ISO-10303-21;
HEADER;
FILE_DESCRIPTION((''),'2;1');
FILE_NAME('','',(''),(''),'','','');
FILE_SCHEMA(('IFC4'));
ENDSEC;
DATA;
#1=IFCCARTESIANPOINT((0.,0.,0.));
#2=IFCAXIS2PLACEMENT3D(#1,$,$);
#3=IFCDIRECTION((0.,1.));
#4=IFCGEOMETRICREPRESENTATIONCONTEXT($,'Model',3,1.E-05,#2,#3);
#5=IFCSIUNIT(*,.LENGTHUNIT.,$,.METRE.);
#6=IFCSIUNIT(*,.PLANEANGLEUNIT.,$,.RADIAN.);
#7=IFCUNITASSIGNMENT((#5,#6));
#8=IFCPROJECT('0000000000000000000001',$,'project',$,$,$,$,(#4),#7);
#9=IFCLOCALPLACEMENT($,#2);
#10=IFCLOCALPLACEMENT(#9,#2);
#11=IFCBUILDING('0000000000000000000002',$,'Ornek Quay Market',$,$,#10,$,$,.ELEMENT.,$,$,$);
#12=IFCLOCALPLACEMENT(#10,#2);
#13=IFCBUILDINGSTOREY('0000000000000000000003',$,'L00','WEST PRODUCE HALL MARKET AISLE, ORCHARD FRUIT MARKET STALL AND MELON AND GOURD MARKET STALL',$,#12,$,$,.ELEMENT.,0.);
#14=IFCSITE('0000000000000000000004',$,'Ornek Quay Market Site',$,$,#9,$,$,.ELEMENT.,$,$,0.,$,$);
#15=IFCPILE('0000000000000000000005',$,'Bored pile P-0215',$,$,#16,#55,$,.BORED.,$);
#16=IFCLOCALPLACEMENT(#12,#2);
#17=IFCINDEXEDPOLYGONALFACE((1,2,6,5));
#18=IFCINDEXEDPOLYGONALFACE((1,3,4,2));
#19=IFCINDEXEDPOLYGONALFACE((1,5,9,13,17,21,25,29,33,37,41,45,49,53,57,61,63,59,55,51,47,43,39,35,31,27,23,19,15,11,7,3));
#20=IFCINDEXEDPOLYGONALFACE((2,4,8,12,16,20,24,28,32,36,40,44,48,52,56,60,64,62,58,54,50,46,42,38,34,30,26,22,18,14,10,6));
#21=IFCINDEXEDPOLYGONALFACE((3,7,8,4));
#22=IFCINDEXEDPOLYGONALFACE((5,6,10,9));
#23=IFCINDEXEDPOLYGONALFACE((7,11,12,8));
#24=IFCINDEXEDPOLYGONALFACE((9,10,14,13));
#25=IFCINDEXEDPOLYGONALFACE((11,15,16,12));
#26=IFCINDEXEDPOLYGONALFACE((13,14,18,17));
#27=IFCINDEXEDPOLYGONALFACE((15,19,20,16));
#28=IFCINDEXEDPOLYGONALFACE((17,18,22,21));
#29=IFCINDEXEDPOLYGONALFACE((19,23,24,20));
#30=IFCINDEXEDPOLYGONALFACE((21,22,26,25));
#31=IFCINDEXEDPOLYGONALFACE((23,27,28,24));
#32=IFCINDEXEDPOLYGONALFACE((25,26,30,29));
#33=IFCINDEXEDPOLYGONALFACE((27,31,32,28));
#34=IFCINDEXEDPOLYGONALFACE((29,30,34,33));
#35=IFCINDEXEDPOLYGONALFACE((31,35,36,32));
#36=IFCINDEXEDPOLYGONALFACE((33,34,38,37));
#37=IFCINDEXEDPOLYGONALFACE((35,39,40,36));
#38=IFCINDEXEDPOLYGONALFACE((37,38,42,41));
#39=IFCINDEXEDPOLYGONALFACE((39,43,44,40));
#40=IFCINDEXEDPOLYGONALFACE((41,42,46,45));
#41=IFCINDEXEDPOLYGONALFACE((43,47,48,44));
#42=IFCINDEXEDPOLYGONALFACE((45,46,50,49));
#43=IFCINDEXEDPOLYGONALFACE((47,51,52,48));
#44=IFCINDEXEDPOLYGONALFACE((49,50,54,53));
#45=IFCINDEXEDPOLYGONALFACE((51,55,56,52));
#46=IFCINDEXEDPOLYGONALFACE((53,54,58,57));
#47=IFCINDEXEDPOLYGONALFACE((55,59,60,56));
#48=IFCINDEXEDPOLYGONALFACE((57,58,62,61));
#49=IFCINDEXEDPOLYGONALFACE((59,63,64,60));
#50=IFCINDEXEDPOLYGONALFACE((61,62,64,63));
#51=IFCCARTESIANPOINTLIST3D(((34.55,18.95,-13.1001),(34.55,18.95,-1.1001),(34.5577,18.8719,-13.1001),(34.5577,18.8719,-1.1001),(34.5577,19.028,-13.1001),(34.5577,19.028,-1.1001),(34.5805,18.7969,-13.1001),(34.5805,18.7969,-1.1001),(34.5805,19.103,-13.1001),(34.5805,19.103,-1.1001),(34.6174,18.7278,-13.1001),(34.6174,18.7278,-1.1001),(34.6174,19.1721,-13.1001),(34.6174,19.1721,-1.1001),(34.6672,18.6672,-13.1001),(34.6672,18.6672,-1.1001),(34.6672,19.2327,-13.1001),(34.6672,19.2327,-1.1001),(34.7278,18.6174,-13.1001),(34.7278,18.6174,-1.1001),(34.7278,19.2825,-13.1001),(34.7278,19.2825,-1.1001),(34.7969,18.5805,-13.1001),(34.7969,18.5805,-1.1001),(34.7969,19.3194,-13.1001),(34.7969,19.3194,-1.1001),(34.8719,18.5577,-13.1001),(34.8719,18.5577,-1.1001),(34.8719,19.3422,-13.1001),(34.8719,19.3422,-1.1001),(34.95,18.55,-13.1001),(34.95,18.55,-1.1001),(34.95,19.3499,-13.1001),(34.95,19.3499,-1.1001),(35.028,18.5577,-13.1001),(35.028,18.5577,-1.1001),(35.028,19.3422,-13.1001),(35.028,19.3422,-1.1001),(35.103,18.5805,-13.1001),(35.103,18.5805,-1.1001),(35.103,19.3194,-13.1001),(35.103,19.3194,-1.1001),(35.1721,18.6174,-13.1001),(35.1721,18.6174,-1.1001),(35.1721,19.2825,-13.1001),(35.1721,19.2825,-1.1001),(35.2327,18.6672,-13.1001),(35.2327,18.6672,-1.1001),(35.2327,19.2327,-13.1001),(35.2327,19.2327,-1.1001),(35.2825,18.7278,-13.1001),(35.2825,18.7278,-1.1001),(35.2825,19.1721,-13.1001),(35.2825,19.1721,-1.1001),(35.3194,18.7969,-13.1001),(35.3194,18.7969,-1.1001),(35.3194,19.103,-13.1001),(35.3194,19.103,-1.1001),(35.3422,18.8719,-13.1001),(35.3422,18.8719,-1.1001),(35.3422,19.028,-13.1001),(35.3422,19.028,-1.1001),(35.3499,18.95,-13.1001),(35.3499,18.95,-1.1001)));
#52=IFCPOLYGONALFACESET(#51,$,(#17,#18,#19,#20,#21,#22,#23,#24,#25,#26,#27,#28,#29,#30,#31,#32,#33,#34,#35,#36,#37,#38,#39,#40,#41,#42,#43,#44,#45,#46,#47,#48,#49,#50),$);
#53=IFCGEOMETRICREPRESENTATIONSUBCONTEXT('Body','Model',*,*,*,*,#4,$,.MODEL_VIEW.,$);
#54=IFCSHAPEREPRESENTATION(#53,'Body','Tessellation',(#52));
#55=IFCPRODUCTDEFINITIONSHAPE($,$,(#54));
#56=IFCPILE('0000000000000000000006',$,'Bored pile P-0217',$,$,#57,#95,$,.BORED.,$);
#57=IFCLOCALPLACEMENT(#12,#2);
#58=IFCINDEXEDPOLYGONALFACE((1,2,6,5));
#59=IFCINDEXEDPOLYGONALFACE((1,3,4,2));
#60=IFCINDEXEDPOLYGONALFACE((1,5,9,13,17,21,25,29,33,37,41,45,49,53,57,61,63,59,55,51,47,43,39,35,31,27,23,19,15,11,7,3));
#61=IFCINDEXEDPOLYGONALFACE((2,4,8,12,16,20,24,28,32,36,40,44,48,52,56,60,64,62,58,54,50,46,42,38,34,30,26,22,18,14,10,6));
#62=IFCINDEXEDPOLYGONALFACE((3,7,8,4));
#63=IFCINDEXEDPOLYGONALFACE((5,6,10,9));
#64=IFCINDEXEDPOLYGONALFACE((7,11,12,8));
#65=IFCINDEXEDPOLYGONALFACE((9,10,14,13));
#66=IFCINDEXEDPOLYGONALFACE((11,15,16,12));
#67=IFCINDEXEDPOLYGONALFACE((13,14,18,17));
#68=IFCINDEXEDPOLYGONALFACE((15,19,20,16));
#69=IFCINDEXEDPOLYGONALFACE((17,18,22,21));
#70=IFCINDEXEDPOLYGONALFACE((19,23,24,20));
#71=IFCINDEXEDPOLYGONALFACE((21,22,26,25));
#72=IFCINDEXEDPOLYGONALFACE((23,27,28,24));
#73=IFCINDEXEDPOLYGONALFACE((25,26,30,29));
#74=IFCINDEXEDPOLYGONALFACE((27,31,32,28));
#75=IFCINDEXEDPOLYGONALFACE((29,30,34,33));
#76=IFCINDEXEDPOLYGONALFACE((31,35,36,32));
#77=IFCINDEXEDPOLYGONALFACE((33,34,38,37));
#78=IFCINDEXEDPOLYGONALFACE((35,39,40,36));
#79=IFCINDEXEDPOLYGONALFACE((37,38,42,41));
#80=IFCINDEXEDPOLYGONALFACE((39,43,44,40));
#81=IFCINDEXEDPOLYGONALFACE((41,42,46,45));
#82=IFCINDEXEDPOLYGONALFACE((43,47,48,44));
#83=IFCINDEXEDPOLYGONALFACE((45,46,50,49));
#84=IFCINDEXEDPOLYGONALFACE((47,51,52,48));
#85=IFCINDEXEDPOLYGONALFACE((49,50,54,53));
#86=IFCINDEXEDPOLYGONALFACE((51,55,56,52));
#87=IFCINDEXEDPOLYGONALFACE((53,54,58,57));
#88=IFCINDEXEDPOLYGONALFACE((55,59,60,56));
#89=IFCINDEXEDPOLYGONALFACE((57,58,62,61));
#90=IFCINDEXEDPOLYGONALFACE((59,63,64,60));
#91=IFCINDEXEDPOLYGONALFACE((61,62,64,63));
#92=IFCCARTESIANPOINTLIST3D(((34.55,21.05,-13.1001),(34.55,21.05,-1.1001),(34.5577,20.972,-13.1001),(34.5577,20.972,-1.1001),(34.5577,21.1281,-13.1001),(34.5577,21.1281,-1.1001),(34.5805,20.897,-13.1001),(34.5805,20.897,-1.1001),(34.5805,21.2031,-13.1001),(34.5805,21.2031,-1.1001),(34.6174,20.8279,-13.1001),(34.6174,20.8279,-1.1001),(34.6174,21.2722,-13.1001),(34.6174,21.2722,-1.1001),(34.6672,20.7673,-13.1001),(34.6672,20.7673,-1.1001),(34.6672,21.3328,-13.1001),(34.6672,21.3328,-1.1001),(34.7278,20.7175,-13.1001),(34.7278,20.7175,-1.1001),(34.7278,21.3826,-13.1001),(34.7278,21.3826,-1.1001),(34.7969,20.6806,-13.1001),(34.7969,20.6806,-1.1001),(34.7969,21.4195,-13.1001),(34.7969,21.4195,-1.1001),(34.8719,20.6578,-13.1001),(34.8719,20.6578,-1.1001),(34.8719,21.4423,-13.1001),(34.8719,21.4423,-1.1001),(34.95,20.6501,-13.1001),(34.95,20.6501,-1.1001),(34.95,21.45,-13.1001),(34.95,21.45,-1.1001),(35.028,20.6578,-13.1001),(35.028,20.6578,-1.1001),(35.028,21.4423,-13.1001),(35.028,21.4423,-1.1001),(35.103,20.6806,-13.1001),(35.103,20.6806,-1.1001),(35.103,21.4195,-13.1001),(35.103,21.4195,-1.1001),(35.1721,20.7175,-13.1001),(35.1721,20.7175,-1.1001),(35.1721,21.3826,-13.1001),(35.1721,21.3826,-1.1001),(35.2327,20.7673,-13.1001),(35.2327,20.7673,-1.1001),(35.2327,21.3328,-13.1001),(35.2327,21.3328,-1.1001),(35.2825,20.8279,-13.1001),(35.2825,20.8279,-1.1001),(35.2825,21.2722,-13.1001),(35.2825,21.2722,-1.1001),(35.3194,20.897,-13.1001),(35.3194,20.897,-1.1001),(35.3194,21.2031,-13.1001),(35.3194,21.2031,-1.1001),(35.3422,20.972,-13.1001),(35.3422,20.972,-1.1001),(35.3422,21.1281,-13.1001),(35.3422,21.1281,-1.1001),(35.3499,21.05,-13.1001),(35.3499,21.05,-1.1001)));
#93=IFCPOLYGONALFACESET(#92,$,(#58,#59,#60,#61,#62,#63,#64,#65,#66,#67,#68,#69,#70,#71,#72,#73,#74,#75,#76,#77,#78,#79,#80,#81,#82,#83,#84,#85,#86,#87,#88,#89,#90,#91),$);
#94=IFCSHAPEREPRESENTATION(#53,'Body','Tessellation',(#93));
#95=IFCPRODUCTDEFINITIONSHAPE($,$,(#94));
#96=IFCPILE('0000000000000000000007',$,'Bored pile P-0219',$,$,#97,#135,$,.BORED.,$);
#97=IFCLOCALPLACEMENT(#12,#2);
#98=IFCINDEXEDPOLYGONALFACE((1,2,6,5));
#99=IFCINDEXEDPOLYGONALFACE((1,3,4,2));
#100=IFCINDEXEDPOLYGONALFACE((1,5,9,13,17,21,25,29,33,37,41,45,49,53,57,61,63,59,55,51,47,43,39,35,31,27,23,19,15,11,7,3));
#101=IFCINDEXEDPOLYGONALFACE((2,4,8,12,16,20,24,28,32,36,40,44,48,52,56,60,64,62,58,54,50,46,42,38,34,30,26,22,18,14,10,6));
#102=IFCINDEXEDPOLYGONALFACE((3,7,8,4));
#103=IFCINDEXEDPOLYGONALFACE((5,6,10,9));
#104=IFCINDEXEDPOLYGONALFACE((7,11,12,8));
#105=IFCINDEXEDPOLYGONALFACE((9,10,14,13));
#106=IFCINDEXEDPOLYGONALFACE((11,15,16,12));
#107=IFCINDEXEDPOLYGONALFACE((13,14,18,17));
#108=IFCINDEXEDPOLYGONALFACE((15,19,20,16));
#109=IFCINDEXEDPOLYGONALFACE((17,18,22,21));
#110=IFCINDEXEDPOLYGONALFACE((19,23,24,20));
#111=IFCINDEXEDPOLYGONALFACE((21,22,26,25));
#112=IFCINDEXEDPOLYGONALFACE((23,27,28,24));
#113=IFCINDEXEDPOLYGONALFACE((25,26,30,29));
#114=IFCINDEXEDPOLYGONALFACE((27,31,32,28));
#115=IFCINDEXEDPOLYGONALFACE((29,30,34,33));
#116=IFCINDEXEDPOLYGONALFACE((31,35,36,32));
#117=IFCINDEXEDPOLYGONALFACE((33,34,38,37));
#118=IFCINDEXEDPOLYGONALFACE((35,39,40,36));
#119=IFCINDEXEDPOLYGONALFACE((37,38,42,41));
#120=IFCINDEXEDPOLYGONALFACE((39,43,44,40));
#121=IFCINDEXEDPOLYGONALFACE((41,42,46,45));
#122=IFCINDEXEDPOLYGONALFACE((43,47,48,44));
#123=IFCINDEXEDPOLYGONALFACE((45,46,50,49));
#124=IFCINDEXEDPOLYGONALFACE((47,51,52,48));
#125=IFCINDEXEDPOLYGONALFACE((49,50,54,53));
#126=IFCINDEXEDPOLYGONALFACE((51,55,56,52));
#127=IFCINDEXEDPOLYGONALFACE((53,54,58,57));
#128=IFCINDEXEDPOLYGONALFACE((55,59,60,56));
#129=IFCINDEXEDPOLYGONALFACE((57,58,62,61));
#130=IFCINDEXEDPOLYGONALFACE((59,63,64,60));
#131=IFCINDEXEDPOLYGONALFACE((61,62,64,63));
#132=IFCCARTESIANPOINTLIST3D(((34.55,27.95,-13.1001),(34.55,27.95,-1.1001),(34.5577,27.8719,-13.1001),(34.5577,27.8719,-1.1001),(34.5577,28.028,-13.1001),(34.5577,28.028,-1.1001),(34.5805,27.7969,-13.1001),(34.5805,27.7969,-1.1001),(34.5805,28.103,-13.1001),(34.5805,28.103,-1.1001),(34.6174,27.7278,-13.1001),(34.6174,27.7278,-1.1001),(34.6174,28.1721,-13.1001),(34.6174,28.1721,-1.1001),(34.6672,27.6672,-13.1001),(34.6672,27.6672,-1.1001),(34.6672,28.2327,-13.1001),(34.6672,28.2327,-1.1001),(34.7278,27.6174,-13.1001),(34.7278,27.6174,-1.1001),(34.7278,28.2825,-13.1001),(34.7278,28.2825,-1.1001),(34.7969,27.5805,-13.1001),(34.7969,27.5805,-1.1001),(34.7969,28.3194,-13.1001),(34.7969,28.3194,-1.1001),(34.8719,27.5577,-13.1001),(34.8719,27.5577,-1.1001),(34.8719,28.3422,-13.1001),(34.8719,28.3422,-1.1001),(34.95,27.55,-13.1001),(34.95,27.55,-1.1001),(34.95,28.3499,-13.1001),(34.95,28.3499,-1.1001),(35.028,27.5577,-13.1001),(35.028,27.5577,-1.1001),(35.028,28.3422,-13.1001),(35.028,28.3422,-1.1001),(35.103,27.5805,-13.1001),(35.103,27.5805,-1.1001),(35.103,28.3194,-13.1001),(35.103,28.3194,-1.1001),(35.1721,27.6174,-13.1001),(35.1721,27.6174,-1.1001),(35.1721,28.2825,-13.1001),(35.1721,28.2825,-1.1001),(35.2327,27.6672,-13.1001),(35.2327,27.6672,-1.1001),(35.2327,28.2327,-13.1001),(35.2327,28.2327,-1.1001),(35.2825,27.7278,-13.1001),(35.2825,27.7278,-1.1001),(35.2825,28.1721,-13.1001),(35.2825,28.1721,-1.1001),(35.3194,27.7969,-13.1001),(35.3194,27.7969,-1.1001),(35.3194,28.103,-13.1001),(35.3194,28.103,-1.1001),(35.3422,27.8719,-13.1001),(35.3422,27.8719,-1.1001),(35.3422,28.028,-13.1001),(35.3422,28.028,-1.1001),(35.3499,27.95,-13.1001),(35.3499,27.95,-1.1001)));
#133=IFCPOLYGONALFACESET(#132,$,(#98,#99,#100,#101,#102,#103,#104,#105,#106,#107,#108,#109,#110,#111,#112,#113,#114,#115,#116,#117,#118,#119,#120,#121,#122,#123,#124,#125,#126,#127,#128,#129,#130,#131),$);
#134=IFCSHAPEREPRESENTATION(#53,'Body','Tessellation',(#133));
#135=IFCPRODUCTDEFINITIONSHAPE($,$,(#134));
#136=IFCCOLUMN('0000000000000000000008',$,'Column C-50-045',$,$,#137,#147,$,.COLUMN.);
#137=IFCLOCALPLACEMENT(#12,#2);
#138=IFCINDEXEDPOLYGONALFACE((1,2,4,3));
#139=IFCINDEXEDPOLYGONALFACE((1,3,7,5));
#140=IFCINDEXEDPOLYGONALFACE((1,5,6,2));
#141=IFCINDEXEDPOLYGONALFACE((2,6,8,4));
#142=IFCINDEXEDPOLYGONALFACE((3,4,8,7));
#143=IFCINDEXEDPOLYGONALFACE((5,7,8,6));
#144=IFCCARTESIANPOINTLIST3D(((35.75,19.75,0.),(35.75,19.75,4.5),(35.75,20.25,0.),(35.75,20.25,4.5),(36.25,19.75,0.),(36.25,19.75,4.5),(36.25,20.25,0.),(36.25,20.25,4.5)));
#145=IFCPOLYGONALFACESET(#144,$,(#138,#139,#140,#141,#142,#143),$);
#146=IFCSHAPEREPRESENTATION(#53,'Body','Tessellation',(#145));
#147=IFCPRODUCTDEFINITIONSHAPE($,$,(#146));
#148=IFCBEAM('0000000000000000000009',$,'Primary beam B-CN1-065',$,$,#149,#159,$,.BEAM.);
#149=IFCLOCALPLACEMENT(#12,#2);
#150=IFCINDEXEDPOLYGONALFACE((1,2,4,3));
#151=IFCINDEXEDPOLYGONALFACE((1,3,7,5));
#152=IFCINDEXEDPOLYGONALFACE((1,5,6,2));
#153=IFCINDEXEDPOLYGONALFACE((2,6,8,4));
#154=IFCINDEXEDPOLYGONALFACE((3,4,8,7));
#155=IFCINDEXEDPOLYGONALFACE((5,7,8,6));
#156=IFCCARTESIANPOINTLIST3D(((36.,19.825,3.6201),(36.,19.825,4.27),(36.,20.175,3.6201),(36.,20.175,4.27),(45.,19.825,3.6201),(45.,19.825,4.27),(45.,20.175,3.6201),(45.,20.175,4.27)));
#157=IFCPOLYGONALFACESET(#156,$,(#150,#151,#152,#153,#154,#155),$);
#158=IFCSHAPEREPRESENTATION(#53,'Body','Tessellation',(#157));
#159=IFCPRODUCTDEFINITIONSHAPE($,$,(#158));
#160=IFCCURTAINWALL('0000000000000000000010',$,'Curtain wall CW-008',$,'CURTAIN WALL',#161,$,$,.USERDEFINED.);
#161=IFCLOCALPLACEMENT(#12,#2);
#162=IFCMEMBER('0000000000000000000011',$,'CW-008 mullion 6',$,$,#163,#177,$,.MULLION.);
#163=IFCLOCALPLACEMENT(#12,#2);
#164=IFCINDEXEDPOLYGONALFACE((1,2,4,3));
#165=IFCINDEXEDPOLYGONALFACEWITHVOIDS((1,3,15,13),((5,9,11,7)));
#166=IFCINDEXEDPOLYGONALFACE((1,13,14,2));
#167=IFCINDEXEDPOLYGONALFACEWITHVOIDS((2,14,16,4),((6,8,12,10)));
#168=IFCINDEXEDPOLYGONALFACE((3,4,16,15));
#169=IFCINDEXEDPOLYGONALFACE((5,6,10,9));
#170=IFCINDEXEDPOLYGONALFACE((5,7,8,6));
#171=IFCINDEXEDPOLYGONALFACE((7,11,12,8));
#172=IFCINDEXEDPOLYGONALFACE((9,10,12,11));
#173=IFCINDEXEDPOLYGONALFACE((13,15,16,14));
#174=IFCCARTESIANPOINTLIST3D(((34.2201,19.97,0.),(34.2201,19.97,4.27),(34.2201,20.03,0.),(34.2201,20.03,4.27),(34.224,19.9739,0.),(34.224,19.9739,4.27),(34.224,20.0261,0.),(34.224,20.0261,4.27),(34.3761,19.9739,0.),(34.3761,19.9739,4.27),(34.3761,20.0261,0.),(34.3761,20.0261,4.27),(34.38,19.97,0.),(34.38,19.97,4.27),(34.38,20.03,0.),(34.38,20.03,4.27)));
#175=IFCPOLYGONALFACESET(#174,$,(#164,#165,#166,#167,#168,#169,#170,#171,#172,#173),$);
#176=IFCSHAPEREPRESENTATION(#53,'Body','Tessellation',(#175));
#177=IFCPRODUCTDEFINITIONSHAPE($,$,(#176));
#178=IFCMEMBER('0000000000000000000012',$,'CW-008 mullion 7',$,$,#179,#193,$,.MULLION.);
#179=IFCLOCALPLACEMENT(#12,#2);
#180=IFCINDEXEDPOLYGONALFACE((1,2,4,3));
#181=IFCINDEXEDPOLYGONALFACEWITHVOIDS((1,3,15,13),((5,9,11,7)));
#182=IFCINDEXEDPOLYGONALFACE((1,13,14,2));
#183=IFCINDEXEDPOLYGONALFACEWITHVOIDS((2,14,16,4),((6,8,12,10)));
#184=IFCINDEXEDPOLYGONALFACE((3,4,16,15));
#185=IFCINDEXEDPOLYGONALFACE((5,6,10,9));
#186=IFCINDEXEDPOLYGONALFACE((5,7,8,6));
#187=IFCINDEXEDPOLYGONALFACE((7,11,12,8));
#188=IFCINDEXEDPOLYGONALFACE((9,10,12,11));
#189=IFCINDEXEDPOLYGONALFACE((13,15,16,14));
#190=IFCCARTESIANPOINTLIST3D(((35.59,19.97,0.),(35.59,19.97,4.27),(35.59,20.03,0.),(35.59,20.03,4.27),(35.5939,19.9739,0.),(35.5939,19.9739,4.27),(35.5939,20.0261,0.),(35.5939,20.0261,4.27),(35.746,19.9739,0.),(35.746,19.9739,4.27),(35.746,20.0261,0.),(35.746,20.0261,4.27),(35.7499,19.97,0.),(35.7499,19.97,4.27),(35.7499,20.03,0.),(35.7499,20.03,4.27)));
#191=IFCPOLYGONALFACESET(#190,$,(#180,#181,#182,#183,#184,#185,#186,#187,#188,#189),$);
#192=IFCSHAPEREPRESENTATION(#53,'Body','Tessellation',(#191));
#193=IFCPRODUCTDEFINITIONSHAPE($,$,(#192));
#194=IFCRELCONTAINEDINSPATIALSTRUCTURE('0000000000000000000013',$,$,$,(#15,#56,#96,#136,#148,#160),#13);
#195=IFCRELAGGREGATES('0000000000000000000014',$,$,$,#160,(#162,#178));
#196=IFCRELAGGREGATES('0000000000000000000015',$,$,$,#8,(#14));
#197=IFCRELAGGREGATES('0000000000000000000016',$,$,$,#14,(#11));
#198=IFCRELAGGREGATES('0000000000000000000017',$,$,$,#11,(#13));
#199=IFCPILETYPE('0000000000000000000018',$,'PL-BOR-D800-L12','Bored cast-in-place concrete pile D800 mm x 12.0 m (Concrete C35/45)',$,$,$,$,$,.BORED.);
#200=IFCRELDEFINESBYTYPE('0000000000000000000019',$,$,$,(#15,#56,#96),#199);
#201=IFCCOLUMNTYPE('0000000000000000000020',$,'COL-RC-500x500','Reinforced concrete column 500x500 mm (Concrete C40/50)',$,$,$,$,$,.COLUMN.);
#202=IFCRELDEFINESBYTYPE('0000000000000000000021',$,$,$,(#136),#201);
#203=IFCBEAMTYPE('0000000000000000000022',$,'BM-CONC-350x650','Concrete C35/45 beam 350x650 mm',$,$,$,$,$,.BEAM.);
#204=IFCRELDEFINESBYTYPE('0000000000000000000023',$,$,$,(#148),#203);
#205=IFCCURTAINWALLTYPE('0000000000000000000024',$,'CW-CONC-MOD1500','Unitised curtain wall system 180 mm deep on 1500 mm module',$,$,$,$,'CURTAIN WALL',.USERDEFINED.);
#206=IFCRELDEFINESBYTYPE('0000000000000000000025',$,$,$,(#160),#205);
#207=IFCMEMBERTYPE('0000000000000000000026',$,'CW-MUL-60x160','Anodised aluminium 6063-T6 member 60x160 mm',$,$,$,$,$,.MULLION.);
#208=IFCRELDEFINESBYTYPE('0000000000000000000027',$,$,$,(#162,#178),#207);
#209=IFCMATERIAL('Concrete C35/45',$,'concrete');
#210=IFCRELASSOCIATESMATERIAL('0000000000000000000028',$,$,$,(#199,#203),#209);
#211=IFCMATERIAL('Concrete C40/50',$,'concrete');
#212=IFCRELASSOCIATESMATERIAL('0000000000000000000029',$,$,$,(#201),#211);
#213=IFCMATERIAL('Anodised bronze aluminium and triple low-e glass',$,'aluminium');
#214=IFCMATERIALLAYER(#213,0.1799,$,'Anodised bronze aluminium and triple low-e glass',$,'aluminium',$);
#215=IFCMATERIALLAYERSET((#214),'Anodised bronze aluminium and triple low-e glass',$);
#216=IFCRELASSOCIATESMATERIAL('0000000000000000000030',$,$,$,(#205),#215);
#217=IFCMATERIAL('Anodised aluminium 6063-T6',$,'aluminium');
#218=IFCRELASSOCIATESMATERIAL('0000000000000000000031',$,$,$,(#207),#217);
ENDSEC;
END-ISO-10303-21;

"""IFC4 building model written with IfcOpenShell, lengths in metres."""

from ifc_helpers import new_model, si_unit, direction, frame, origin, origin_2d, place, context, subcontext, project, spatial, rectangle, hollow_rectangle, circle, extrude, material, layer, layer_set, material_profile, profile_set, type_object, element, aggregate, save


model = new_model("IFC4")

# Units and contexts
model_context = context("Model", 3, precision=1e-05, world=origin(), true_north=direction((0.0, 1.0)))
body_context = subcontext(model_context, "Body", "Model", "MODEL_VIEW")
ifc_project = project(units=[si_unit("LENGTHUNIT", "METRE"), si_unit("PLANEANGLEUNIT", "RADIAN")], contexts=[model_context])

# Site, building, storey
site_placement = place(None, origin())
site = spatial("IfcSite", under=ifc_project, at=site_placement, Name="Ornek Quay Market Site", CompositionType="ELEMENT", RefElevation=0.0)
building_placement = place(site_placement, origin())
building = spatial("IfcBuilding", under=site, at=building_placement, Name="Ornek Quay Market", CompositionType="ELEMENT")
storey_placement = place(building_placement, origin())
storey = spatial("IfcBuildingStorey", under=building, at=storey_placement, Name="L00", Description="WEST PRODUCE HALL MARKET AISLE, ORCHARD FRUIT MARKET STALL AND MELON AND GOURD MARKET STALL", CompositionType="ELEMENT", Elevation=0.0)

# Piles
ifc_material_1 = material(Name="Concrete C35/45", Category="concrete")
ifc_material_profile_1 = material_profile(ifc_material_1, circle(Radius=0.3999, at=origin_2d()), Name="PILE D800", Category="concrete")
ifc_profile_set_1 = profile_set([ifc_material_profile_1], Name="Concrete C35/45")
pile_type = type_object("IfcPileType", Name="PL-BOR-D800-L12", Description="Bored cast-in-place concrete pile D800 mm x 12.0 m (Concrete C35/45)", PredefinedType="BORED", material=ifc_profile_set_1)
for number, where, z_axis, x_axis, name in (
    (1, (34.95, 18.95, -1.1001), (0.0, 0.0, -1.0), (1.0, 0.0, 0.0), "Bored pile P-0215"),
    (2, (34.95, 21.05, -1.1001), (0.0, 0.0, -1.0), (1.0, 0.0, 0.0), "Bored pile P-0217"),
    (3, (34.95, 27.95, -1.1001), (0.0, 0.0, -1.0), (1.0, 0.0, 0.0), "Bored pile P-0219"),
):
    element("IfcPile", number, at=place(storey_placement, frame(where, z_axis=z_axis, x_axis=x_axis)), inside=storey, type_object=pile_type, Name=name, PredefinedType="BORED", context=body_context, shape_type="SweptSolid", body=[
        extrude(circle(Radius=0.3999, at=origin_2d()), origin(), (0.0, 0.0, 1.0), 12.0),
    ])

# Column
ifc_material_2 = material(Name="Concrete C40/50", Category="concrete")
ifc_material_profile_2 = material_profile(ifc_material_2, rectangle(XDim=0.5, YDim=0.5, at=origin_2d()), Name="RC 500x500", Category="concrete")
ifc_profile_set_2 = profile_set([ifc_material_profile_2], Name="Concrete C40/50")
column_type = type_object("IfcColumnType", Name="COL-RC-500x500", Description="Reinforced concrete column 500x500 mm (Concrete C40/50)", PredefinedType="COLUMN", material=ifc_profile_set_2)
column_placement = place(storey_placement, frame((36.0, 20.0, 0.0), z_axis=(0.0, 0.0, 1.0), x_axis=(1.0, 0.0, 0.0)))
element("IfcColumn", 4, at=column_placement, inside=storey, type_object=column_type, Name="Column C-50-045", PredefinedType="COLUMN", context=body_context, shape_type="SweptSolid", body=[
    extrude(rectangle(XDim=0.5, YDim=0.5, at=origin_2d()), origin(), (0.0, 0.0, 1.0), 4.5),
])

# Beam
ifc_material_profile_3 = material_profile(ifc_material_1, rectangle(XDim=0.3501, YDim=0.6499, at=origin_2d()), Name="RC 350x650", Category="concrete")
ifc_profile_set_3 = profile_set([ifc_material_profile_3], Name="Concrete C35/45")
beam_type = type_object("IfcBeamType", Name="BM-CONC-350x650", Description="Concrete C35/45 beam 350x650 mm", PredefinedType="BEAM", material=ifc_profile_set_3)
beam_placement = place(storey_placement, frame((36.0, 20.0, 3.9451), z_axis=(1.0, 0.0, 0.0), x_axis=(0.0, 1.0, 0.0)))
element("IfcBeam", 5, at=beam_placement, inside=storey, type_object=beam_type, Name="Primary beam B-CN1-065", PredefinedType="BEAM", context=body_context, shape_type="SweptSolid", body=[
    extrude(rectangle(XDim=0.3501, YDim=0.6499, at=origin_2d()), origin(), (0.0, 0.0, 1.0), 9.0),
])

# Curtain wall, members
ifc_material_3 = material(Name="Anodised bronze aluminium and triple low-e glass", Category="aluminium")
ifc_layer_1 = layer(ifc_material_3, 0.1799, Name="Anodised bronze aluminium and triple low-e glass", Category="aluminium")
ifc_layer_set_1 = layer_set([ifc_layer_1], Name="Anodised bronze aluminium and triple low-e glass")
curtain_wall_type_1 = type_object("IfcCurtainWallType", Name="CW-CONC-MOD1500", Description="Unitised curtain wall system 180 mm deep on 1500 mm module", ElementType="CURTAIN WALL", PredefinedType="USERDEFINED", material=ifc_layer_set_1)
curtain_wall_1_placement = place(storey_placement, origin())
curtain_wall_1 = element("IfcCurtainWall", 6, at=curtain_wall_1_placement, inside=storey, type_object=curtain_wall_type_1, Name="Curtain wall CW-008", ObjectType="CURTAIN WALL", PredefinedType="USERDEFINED")
ifc_material_4 = material(Name="Anodised aluminium 6063-T6", Category="aluminium")
ifc_material_profile_4 = material_profile(ifc_material_4, hollow_rectangle(XDim=0.0601, YDim=0.1599, WallThickness=0.0039, at=origin_2d()), Name="CW-MUL-60x160", Category="aluminium")
ifc_profile_set_4 = profile_set([ifc_material_profile_4], Name="Anodised aluminium 6063-T6")
member_type_1 = type_object("IfcMemberType", Name="CW-MUL-60x160", Description="Anodised aluminium 6063-T6 member 60x160 mm", PredefinedType="MULLION", material=ifc_profile_set_4)
member_1_placement = place(storey_placement, frame((34.3, 20.0, 0.0), z_axis=(0.0, 0.0, 1.0), x_axis=(0.0, 1.0, 0.0)))
member_1 = element("IfcMember", 7, at=member_1_placement, type_object=member_type_1, Name="CW-008 mullion 6", PredefinedType="MULLION", context=body_context, shape_type="SweptSolid", body=[
    extrude(hollow_rectangle(XDim=0.0601, YDim=0.1599, WallThickness=0.0039, at=origin_2d()), origin(), (0.0, 0.0, 1.0), 4.27),
])
member_2_placement = place(storey_placement, frame((35.6699, 20.0, 0.0), z_axis=(0.0, 0.0, 1.0), x_axis=(0.0, 1.0, 0.0)))
member_2 = element("IfcMember", 8, at=member_2_placement, type_object=member_type_1, Name="CW-008 mullion 7", PredefinedType="MULLION", context=body_context, shape_type="SweptSolid", body=[
    extrude(hollow_rectangle(XDim=0.0601, YDim=0.1599, WallThickness=0.0039, at=origin_2d()), origin(), (0.0, 0.0, 1.0), 4.27),
])

aggregate(curtain_wall_1, [member_1, member_2])

save(model, "model.ifc")
